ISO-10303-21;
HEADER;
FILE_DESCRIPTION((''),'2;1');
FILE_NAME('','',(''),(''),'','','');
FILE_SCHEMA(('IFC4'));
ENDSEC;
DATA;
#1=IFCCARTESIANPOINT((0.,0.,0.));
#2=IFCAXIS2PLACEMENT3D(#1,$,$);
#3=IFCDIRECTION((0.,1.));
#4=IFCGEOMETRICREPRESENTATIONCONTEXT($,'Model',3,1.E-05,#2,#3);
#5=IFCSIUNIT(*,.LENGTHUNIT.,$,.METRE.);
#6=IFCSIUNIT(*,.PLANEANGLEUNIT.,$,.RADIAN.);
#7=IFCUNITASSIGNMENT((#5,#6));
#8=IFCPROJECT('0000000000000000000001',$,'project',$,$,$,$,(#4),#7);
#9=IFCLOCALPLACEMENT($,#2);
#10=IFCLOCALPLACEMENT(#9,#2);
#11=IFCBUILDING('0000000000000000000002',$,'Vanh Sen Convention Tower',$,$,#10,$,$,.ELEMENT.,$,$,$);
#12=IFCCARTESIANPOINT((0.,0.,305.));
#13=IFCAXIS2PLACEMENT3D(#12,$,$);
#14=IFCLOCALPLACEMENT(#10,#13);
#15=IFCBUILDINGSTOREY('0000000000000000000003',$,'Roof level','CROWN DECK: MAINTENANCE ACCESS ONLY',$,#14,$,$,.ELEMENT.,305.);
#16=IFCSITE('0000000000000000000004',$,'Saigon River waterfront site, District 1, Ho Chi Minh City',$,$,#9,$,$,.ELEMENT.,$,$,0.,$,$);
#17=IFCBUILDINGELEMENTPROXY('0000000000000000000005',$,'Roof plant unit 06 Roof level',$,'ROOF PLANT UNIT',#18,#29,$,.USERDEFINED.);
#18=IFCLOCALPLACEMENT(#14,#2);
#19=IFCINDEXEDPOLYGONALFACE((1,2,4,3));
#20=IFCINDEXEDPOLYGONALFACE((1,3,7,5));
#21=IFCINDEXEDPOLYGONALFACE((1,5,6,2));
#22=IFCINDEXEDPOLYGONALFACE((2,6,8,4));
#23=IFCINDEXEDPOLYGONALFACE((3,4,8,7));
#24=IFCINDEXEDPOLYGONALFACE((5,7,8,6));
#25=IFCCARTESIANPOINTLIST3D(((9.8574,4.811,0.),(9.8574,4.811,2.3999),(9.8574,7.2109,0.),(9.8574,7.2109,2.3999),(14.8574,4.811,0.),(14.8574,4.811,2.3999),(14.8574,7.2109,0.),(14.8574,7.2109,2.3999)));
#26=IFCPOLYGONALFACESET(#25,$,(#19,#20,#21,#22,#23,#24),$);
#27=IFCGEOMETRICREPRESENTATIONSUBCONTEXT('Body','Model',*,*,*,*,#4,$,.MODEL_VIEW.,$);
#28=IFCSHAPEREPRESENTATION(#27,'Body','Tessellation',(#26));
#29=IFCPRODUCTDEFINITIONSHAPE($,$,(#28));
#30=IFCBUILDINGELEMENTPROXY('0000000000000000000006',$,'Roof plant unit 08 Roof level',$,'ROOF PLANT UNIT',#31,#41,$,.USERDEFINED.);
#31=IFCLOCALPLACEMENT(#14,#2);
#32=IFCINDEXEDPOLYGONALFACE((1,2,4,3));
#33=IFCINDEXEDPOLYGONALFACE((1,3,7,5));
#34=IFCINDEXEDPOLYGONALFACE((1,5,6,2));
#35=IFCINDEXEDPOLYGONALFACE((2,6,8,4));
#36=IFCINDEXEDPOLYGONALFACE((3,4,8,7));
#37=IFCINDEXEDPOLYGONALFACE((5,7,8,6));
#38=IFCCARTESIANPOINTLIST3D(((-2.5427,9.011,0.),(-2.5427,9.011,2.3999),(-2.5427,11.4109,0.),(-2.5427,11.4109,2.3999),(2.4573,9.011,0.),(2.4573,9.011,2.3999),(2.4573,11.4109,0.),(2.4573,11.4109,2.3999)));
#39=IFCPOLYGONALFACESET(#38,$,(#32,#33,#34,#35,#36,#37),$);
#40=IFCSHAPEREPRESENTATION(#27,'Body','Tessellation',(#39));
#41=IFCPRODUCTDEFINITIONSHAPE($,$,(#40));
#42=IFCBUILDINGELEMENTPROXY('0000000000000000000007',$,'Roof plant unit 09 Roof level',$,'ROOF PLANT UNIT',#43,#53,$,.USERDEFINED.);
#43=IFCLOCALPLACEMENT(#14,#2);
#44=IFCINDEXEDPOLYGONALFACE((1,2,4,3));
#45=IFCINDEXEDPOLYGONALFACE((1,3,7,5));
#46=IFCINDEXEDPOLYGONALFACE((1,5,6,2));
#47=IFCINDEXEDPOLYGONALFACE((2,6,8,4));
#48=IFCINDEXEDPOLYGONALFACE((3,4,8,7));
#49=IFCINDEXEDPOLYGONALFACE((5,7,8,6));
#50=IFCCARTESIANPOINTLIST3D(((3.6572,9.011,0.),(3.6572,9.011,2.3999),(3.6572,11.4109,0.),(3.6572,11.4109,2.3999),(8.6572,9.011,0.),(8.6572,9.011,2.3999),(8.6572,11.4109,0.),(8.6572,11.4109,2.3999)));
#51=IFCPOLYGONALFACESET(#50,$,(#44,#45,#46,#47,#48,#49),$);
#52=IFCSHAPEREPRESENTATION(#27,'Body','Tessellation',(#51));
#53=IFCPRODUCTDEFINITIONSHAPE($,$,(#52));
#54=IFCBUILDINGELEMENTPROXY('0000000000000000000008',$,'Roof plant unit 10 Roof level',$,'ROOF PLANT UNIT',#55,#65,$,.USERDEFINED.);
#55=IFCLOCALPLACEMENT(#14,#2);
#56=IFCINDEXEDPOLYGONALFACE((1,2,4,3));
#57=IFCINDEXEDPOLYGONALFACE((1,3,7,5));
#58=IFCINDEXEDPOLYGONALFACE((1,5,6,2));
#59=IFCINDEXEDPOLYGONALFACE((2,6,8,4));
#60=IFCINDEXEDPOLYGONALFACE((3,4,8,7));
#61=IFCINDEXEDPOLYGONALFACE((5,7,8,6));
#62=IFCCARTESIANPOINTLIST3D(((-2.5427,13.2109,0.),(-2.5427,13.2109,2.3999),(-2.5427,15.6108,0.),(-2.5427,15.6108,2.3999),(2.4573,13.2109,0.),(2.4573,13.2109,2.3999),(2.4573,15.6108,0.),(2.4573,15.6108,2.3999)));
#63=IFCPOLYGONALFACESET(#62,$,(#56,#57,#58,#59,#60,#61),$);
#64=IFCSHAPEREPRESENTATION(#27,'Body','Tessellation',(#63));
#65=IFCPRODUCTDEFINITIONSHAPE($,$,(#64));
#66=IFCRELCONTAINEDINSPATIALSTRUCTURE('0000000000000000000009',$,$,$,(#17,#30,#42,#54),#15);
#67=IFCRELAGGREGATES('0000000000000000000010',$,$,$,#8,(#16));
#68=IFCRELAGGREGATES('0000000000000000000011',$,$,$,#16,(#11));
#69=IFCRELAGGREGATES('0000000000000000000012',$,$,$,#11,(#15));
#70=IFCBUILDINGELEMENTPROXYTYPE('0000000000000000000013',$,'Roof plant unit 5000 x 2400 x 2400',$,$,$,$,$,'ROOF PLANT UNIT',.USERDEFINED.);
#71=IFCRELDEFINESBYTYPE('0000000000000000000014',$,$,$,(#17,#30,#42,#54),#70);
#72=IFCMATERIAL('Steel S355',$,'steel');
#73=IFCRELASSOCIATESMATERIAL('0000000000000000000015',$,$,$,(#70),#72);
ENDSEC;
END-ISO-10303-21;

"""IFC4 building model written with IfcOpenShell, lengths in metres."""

from ifc_helpers import new_model, si_unit, direction, frame, origin, origin_2d, place, context, subcontext, project, spatial, rectangle, extrude, material, type_object, element, save


model = new_model("IFC4")

# Units and contexts
model_context = context("Model", 3, precision=1e-05, world=origin(), true_north=direction((0.0, 1.0)))
body_context = subcontext(model_context, "Body", "Model", "MODEL_VIEW")
ifc_project = project(units=[si_unit("LENGTHUNIT", "METRE"), si_unit("PLANEANGLEUNIT", "RADIAN")], contexts=[model_context])

# Site, building, storey
site_placement = place(None, origin())
site = spatial("IfcSite", under=ifc_project, at=site_placement, Name="Saigon River waterfront site, District 1, Ho Chi Minh City", CompositionType="ELEMENT", RefElevation=0.0)
building_placement = place(site_placement, origin())
building = spatial("IfcBuilding", under=site, at=building_placement, Name="Vanh Sen Convention Tower", CompositionType="ELEMENT")
storey_placement = place(building_placement, frame((0.0, 0.0, 305.0)))
storey = spatial("IfcBuildingStorey", under=building, at=storey_placement, Name="Roof level", Description="CROWN DECK: MAINTENANCE ACCESS ONLY", CompositionType="ELEMENT", Elevation=305.0)

# Building element proxies
ifc_material_1 = material(Name="Steel S355", Category="steel")
building_element_proxy_type = type_object("IfcBuildingElementProxyType", Name="Roof plant unit 5000 x 2400 x 2400", ElementType="ROOF PLANT UNIT", PredefinedType="USERDEFINED", material=ifc_material_1)
for number, where, z_axis, x_axis, name in (
    (1, (12.3574, 6.011, 0.0), (0.0, 0.0, 1.0), (1.0, 0.0, 0.0), "Roof plant unit 06 Roof level"),
    (2, (-0.0427, 10.2109, 0.0), (0.0, 0.0, 1.0), (1.0, 0.0, 0.0), "Roof plant unit 08 Roof level"),
    (3, (6.1572, 10.2109, 0.0), (0.0, 0.0, 1.0), (1.0, 0.0, 0.0), "Roof plant unit 09 Roof level"),
    (4, (-0.0427, 14.4109, 0.0), (0.0, 0.0, 1.0), (1.0, 0.0, 0.0), "Roof plant unit 10 Roof level"),
):
    element("IfcBuildingElementProxy", number, at=place(storey_placement, frame(where, z_axis=z_axis, x_axis=x_axis)), inside=storey, type_object=building_element_proxy_type, Name=name, ObjectType="ROOF PLANT UNIT", PredefinedType="USERDEFINED", context=body_context, shape_type="SweptSolid", body=[
        extrude(rectangle(XDim=5.0, YDim=2.3999, at=origin_2d()), origin(), (0.0, 0.0, 1.0), 2.3999),
    ])

save(model, "model.ifc")
